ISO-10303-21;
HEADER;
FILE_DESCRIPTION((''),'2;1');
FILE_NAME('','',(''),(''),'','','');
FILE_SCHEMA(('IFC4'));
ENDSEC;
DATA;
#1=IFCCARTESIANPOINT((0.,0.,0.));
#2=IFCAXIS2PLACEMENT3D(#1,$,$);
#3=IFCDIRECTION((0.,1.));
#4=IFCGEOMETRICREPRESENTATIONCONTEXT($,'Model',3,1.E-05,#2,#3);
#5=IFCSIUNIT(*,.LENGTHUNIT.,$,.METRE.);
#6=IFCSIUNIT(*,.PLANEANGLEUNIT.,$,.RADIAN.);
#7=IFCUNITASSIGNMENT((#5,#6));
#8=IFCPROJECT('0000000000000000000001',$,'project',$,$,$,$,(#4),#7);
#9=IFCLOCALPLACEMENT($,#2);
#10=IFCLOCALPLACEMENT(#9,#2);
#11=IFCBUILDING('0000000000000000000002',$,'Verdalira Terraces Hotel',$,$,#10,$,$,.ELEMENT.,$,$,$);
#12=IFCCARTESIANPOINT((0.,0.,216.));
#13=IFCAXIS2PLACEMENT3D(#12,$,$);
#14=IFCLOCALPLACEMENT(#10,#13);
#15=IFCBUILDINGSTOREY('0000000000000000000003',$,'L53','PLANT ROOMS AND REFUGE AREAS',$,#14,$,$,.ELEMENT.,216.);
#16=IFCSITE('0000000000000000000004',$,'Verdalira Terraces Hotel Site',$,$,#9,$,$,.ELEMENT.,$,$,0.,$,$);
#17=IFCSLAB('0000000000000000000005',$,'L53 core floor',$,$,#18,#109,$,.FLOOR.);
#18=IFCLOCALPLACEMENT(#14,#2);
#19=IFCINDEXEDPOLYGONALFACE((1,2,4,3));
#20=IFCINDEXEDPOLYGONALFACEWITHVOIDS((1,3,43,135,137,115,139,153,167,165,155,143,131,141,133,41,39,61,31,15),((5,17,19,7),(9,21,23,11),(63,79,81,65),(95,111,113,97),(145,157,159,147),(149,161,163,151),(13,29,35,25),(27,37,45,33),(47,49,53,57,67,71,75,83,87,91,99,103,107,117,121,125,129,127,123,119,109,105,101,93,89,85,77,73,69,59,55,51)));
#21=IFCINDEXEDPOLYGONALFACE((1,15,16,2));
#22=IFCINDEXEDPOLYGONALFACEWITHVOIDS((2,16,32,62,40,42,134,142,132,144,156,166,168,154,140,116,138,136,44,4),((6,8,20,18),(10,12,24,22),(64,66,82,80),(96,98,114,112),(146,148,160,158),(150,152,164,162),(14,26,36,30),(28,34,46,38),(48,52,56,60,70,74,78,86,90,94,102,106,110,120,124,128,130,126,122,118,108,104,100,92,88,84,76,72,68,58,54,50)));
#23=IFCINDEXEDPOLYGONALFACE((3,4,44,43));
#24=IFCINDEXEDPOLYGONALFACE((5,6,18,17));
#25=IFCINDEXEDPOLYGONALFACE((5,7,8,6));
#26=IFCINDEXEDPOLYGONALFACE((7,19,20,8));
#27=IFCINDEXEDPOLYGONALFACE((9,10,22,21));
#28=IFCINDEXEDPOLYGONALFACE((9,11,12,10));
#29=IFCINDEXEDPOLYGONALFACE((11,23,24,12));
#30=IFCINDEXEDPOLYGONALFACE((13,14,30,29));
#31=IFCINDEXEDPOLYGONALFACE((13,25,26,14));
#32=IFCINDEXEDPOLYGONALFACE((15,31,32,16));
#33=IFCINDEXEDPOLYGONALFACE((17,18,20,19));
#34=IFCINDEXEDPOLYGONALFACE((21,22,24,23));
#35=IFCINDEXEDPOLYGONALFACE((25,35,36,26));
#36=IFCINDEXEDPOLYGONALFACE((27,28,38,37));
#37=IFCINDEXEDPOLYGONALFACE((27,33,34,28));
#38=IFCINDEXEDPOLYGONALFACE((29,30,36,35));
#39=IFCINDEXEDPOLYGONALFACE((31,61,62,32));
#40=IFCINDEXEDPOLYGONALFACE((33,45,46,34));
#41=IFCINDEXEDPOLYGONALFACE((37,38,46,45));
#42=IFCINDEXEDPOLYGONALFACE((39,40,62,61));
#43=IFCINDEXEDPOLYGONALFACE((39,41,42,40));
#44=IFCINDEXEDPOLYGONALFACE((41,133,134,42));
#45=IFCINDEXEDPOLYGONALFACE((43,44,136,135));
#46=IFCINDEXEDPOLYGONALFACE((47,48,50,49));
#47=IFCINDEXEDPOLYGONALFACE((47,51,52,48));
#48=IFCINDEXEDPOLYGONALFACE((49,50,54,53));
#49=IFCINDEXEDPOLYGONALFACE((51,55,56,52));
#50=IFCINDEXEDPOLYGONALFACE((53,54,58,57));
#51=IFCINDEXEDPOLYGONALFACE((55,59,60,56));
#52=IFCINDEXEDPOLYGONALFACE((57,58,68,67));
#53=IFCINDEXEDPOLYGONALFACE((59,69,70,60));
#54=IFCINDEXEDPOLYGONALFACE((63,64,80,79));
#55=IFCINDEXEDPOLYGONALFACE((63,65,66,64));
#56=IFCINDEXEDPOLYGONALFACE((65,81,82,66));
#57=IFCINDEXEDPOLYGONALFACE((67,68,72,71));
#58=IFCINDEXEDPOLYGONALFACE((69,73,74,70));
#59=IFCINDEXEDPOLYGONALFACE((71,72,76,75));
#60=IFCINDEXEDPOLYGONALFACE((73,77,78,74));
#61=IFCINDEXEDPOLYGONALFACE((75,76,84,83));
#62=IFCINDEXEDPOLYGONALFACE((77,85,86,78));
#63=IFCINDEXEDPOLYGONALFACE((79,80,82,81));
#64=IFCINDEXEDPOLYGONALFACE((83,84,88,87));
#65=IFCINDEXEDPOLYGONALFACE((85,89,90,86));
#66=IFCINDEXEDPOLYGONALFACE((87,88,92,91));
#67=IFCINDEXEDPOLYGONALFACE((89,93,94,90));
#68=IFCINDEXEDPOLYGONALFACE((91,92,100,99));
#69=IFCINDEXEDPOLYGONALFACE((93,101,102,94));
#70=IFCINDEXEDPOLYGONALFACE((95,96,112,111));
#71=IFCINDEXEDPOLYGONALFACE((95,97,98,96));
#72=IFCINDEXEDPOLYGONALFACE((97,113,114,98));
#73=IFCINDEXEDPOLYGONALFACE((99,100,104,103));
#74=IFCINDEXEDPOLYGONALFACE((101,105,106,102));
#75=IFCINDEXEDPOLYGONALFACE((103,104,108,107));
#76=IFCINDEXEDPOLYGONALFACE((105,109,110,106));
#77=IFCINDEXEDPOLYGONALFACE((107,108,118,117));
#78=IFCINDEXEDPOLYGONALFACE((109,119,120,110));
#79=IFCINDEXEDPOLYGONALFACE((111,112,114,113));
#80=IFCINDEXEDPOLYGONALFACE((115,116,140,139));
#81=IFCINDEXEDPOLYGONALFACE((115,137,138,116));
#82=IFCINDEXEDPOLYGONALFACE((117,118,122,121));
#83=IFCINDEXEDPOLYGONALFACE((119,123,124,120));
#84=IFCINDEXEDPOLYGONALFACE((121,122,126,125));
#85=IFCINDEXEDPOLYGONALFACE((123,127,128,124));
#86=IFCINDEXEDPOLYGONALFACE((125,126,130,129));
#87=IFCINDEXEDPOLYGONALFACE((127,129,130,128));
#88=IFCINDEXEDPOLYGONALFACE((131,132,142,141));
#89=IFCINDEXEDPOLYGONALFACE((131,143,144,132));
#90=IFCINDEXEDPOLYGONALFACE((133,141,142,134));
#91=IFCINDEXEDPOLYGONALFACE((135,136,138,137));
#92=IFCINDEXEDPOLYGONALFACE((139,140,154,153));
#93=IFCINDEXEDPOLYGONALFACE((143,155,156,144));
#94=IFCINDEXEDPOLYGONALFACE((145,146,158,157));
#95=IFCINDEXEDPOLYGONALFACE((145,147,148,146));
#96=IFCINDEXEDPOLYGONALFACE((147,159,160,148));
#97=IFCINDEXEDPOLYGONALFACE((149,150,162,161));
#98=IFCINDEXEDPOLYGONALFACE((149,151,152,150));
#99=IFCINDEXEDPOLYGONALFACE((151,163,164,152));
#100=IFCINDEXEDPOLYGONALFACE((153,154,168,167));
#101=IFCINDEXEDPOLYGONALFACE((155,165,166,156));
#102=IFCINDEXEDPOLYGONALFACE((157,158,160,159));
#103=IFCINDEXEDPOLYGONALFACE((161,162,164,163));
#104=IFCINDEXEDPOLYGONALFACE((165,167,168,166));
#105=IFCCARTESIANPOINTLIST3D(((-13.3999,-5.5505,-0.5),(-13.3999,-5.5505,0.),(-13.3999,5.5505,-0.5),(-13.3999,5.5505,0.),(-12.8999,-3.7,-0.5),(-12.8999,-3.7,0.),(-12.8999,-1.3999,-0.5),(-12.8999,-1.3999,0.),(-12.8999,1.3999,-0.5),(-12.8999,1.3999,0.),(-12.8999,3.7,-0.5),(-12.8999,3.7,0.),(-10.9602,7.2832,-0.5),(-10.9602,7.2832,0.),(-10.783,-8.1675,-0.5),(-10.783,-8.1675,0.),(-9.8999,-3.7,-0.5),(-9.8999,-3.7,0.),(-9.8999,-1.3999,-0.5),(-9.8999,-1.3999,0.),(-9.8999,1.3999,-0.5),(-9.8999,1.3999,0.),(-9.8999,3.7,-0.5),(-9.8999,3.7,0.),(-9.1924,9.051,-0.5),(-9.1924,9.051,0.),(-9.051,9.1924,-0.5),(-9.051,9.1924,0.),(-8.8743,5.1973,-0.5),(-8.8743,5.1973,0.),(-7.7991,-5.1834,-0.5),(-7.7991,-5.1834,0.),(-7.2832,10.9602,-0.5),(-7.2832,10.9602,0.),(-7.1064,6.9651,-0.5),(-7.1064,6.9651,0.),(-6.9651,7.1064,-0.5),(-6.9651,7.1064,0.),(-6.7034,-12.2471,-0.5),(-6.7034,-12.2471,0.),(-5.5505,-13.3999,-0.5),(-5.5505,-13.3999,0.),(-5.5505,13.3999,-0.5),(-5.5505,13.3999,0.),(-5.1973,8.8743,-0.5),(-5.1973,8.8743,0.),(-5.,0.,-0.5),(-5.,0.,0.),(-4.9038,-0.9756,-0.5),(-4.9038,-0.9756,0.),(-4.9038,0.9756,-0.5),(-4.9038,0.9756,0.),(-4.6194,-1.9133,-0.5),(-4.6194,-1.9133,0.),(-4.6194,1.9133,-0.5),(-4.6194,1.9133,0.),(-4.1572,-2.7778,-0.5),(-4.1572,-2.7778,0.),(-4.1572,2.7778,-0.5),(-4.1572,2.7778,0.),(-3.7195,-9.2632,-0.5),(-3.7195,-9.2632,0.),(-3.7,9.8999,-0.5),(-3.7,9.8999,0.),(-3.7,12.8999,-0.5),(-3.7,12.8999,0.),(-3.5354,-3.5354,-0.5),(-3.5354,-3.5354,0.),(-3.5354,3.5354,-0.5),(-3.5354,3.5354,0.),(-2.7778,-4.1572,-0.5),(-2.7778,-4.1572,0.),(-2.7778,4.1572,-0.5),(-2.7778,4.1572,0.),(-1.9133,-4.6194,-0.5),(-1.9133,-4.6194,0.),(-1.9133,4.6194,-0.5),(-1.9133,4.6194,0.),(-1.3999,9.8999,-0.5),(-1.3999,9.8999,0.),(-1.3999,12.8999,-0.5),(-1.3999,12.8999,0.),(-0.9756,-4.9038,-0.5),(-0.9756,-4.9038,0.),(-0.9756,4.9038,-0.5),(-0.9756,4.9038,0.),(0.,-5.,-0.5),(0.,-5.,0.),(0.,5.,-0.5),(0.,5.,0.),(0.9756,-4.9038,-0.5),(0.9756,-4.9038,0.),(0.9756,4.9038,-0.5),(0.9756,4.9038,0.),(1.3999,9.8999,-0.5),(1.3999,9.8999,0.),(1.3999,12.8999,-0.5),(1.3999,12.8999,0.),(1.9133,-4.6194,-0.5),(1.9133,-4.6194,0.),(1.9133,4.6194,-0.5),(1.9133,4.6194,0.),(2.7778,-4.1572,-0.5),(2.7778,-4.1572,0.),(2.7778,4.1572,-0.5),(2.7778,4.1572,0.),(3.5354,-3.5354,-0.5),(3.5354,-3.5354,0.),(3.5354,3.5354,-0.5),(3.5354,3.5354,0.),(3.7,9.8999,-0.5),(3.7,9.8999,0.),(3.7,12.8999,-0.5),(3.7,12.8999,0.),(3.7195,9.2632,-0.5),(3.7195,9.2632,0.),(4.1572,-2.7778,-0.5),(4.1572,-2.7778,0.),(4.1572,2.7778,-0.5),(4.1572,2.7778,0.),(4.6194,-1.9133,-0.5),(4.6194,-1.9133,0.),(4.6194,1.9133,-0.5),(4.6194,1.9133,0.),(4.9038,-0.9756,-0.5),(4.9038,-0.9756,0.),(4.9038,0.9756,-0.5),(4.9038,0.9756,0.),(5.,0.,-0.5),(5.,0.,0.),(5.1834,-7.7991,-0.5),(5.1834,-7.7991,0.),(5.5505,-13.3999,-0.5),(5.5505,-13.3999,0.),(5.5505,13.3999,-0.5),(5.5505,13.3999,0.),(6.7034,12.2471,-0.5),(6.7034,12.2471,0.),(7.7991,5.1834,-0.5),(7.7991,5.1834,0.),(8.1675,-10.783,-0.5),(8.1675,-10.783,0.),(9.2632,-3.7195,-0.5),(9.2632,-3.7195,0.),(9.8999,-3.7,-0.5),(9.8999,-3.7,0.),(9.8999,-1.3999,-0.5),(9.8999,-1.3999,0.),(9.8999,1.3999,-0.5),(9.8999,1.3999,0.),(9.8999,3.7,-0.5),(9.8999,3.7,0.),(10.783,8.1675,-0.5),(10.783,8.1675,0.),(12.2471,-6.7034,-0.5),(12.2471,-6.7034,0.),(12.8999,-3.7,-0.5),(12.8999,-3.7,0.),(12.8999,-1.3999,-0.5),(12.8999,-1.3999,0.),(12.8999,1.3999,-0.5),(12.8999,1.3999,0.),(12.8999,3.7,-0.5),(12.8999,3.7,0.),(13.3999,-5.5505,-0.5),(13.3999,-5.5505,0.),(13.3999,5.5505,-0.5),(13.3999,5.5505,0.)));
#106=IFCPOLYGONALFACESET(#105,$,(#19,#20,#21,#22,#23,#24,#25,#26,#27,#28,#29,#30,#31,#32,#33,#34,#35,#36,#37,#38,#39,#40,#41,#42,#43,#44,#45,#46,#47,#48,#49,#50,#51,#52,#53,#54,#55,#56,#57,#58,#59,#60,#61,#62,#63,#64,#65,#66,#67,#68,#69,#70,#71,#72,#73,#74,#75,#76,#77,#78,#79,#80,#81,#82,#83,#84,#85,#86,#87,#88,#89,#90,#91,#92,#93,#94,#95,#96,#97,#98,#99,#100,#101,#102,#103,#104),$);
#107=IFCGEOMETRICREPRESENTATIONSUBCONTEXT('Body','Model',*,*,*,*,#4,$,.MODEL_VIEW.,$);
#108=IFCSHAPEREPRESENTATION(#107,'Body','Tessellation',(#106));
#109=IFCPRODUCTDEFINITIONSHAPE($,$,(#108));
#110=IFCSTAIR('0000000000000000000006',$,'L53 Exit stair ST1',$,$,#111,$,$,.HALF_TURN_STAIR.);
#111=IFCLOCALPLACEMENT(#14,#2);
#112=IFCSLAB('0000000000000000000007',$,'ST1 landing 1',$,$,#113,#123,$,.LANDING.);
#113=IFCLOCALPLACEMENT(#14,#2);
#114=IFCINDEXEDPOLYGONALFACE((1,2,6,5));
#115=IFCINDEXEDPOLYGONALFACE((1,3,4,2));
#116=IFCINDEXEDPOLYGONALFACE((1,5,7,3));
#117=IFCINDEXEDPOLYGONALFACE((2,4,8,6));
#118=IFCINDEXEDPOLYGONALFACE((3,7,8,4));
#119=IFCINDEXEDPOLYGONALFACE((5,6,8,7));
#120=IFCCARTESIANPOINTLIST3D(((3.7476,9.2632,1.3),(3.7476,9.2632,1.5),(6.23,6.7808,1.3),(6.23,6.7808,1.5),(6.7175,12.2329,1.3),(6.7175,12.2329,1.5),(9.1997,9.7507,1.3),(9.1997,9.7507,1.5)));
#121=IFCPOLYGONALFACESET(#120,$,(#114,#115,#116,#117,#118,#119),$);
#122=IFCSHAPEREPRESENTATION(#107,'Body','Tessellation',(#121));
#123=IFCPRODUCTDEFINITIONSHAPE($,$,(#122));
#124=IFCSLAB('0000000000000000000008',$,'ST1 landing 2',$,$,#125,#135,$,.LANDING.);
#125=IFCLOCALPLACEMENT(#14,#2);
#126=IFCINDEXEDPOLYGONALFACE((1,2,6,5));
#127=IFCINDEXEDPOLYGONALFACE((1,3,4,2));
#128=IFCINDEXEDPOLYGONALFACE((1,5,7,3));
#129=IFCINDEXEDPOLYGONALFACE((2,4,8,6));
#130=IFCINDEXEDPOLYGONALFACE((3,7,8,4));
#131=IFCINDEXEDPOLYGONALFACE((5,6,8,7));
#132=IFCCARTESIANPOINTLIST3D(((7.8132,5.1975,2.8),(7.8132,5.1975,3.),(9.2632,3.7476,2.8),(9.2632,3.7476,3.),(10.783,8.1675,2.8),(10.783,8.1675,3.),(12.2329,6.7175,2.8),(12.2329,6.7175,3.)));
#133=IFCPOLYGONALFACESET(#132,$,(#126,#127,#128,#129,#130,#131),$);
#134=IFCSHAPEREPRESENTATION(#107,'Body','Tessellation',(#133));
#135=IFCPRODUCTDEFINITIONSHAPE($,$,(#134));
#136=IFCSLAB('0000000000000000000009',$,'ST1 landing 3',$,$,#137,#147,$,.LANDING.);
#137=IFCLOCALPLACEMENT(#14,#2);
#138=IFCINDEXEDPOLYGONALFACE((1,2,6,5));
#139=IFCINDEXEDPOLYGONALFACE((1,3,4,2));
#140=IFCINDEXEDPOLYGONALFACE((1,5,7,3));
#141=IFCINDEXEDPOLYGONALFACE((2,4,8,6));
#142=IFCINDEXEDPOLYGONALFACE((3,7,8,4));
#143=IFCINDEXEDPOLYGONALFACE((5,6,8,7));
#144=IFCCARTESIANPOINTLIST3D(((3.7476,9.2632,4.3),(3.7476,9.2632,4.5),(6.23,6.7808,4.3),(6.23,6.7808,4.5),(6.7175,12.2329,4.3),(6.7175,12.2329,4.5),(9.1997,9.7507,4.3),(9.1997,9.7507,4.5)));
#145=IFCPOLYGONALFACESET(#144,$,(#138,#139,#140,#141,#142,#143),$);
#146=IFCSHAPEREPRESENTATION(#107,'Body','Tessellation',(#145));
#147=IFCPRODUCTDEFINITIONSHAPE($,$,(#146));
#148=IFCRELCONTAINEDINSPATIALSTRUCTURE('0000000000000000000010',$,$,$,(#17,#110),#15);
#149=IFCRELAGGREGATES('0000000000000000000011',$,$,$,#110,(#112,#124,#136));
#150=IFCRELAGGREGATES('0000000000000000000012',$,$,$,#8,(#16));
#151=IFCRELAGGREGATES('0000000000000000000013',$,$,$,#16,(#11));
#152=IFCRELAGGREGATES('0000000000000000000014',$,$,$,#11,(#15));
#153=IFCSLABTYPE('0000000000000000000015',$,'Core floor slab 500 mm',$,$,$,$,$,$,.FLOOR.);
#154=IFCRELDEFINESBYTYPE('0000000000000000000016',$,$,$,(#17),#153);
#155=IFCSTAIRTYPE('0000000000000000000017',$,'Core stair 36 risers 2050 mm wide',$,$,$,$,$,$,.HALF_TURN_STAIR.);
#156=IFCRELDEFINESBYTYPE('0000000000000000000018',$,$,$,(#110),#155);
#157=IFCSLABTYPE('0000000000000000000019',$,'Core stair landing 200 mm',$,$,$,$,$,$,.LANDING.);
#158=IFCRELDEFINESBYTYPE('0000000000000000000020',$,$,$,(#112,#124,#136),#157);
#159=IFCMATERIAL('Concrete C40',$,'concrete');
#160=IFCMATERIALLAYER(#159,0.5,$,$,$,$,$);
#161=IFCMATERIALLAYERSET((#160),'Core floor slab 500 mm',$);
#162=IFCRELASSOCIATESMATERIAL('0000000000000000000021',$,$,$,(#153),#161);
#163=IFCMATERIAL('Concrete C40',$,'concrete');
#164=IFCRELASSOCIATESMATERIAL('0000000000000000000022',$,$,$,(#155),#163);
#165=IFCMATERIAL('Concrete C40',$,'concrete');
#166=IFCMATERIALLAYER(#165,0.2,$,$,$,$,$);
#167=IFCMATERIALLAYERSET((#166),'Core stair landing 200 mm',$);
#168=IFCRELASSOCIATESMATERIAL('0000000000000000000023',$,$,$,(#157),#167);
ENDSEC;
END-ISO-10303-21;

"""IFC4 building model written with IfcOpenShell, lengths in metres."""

from ifc_helpers import new_model, si_unit, direction, frame, origin, place, context, subcontext, project, spatial, polyline, outline, extrude, material, layer, layer_set, type_object, element, aggregate, save


model = new_model("IFC4")

# Units and contexts
model_context = context("Model", 3, precision=1e-05, world=origin(), true_north=direction((0.0, 1.0)))
body_context = subcontext(model_context, "Body", "Model", "MODEL_VIEW")
ifc_project = project(units=[si_unit("LENGTHUNIT", "METRE"), si_unit("PLANEANGLEUNIT", "RADIAN")], contexts=[model_context])

# Site, building, storey
site_placement = place(None, origin())
site = spatial("IfcSite", under=ifc_project, at=site_placement, Name="Verdalira Terraces Hotel Site", CompositionType="ELEMENT", RefElevation=0.0)
building_placement = place(site_placement, origin())
building = spatial("IfcBuilding", under=site, at=building_placement, Name="Verdalira Terraces Hotel", CompositionType="ELEMENT")
storey_placement = place(building_placement, frame((0.0, 0.0, 216.0)))
storey = spatial("IfcBuildingStorey", under=building, at=storey_placement, Name="L53", Description="PLANT ROOMS AND REFUGE AREAS", CompositionType="ELEMENT", Elevation=216.0)

# Slab
ifc_material_1 = material(Name="Concrete C40", Category="concrete")
ifc_layer_1 = layer(ifc_material_1, 0.5)
ifc_layer_set_1 = layer_set([ifc_layer_1], Name="Core floor slab 500 mm")
slab_type_1 = type_object("IfcSlabType", Name="Core floor slab 500 mm", PredefinedType="FLOOR", material=ifc_layer_set_1)
slab_1_placement = place(storey_placement, frame((0.0, 0.0, -0.5)))
element("IfcSlab", 1, at=slab_1_placement, inside=storey, type_object=slab_type_1, Name="L53 core floor", PredefinedType="FLOOR", context=body_context, shape_type="SweptSolid", body=[
    extrude(outline(polyline([(-6.7034, -12.2471), (-3.7195, -9.2632), (-7.7991, -5.1833), (-10.783, -8.1675), (-13.3999, -5.5505), (-13.3999, 5.5505), (-5.5505, 13.3999), (5.5505, 13.3999), (6.7034, 12.2471), (3.7195, 9.2632), (7.7991, 5.1833), (10.783, 8.1675), (13.3999, 5.5505), (13.3999, -5.5505), (12.2471, -6.7034), (9.2632, -3.7195), (5.1833, -7.7991), (8.1675, -10.783), (5.5505, -13.3999), (-5.5505, -13.3999), (-6.7034, -12.2471)]), holes=[polyline([(9.8999, -1.3999), (9.8999, -3.7), (12.8999, -3.7), (12.8999, -1.3999), (9.8999, -1.3999)]), polyline([(9.8999, 3.7), (9.8999, 1.3999), (12.8999, 1.3999), (12.8999, 3.7), (9.8999, 3.7)]), polyline([(3.7, 12.8999), (1.3999, 12.8999), (1.3999, 9.8999), (3.7, 9.8999), (3.7, 12.8999)]), polyline([(-1.3999, 12.8999), (-3.7, 12.8999), (-3.7, 9.8999), (-1.3999, 9.8999), (-1.3999, 12.8999)]), polyline([(-9.8999, 1.3999), (-9.8999, 3.7), (-12.8999, 3.7), (-12.8999, 1.3999), (-9.8999, 1.3999)]), polyline([(-9.8999, -3.7), (-9.8999, -1.3999), (-12.8999, -1.3999), (-12.8999, -3.7), (-9.8999, -3.7)]), polyline([(-9.051, 9.1924), (-6.9651, 7.1064), (-5.1973, 8.8743), (-7.2832, 10.9602), (-9.051, 9.1924)]), polyline([(-9.1924, 9.051), (-10.9602, 7.2832), (-8.8743, 5.1973), (-7.1064, 6.9651), (-9.1924, 9.051)]), polyline([(3.5354, 3.5354), (2.7778, 4.1572), (1.9133, 4.6194), (0.9756, 4.9038), (0.0, 5.0), (-0.9756, 4.9038), (-1.9133, 4.6194), (-2.7778, 4.1572), (-3.5354, 3.5354), (-4.1572, 2.7778), (-4.6194, 1.9133), (-4.9038, 0.9756), (-5.0, 0.0), (-4.9038, -0.9756), (-4.6194, -1.9133), (-4.1572, -2.7778), (-3.5354, -3.5354), (-2.7778, -4.1572), (-1.9133, -4.6194), (-0.9756, -4.9038), (0.0, -5.0), (0.9756, -4.9038), (1.9133, -4.6194), (2.7778, -4.1572), (3.5354, -3.5354), (4.1572, -2.7778), (4.6194, -1.9133), (4.9038, -0.9756), (5.0, 0.0), (4.9038, 0.9756), (4.6194, 1.9133), (4.1572, 2.7778), (3.5354, 3.5354)])]), origin(), (0.0, 0.0, 1.0), 0.5),
])

# Stair, slabs
ifc_material_2 = material(Name="Concrete C40", Category="concrete")
stair_type = type_object("IfcStairType", Name="Core stair 36 risers 2050 mm wide", PredefinedType="HALF_TURN_STAIR", material=ifc_material_2)
stair_placement = place(storey_placement, origin())
stair = element("IfcStair", 2, at=stair_placement, inside=storey, type_object=stair_type, Name="L53 Exit stair ST1", PredefinedType="HALF_TURN_STAIR")
ifc_material_3 = material(Name="Concrete C40", Category="concrete")
ifc_layer_2 = layer(ifc_material_3, 0.2)
ifc_layer_set_2 = layer_set([ifc_layer_2], Name="Core stair landing 200 mm")
slab_type_2 = type_object("IfcSlabType", Name="Core stair landing 200 mm", PredefinedType="LANDING", material=ifc_layer_set_2)
slab_2_placement = place(storey_placement, frame((0.0, 0.0, 1.3)))
slab_2 = element("IfcSlab", 3, at=slab_2_placement, type_object=slab_type_2, Name="ST1 landing 1", PredefinedType="LANDING", context=body_context, shape_type="SweptSolid", body=[
    extrude(outline(polyline([(9.1997, 9.7507), (6.7175, 12.2329), (3.7476, 9.2632), (6.23, 6.7808), (9.1997, 9.7507)])), origin(), (0.0, 0.0, 1.0), 0.2),
])
slab_3_placement = place(storey_placement, frame((0.0, 0.0, 2.8)))
slab_3 = element("IfcSlab", 4, at=slab_3_placement, type_object=slab_type_2, Name="ST1 landing 2", PredefinedType="LANDING", context=body_context, shape_type="SweptSolid", body=[
    extrude(outline(polyline([(12.2329, 6.7175), (10.783, 8.1675), (7.8132, 5.1975), (9.2632, 3.7476), (12.2329, 6.7175)])), origin(), (0.0, 0.0, 1.0), 0.2),
])
slab_4_placement = place(storey_placement, frame((0.0, 0.0, 4.3)))
slab_4 = element("IfcSlab", 5, at=slab_4_placement, type_object=slab_type_2, Name="ST1 landing 3", PredefinedType="LANDING", context=body_context, shape_type="SweptSolid", body=[
    extrude(outline(polyline([(9.1997, 9.7507), (6.7175, 12.2329), (3.7476, 9.2632), (6.23, 6.7808), (9.1997, 9.7507)])), origin(), (0.0, 0.0, 1.0), 0.2),
])
aggregate(stair, [slab_2, slab_3, slab_4])

save(model, "model.ifc")
